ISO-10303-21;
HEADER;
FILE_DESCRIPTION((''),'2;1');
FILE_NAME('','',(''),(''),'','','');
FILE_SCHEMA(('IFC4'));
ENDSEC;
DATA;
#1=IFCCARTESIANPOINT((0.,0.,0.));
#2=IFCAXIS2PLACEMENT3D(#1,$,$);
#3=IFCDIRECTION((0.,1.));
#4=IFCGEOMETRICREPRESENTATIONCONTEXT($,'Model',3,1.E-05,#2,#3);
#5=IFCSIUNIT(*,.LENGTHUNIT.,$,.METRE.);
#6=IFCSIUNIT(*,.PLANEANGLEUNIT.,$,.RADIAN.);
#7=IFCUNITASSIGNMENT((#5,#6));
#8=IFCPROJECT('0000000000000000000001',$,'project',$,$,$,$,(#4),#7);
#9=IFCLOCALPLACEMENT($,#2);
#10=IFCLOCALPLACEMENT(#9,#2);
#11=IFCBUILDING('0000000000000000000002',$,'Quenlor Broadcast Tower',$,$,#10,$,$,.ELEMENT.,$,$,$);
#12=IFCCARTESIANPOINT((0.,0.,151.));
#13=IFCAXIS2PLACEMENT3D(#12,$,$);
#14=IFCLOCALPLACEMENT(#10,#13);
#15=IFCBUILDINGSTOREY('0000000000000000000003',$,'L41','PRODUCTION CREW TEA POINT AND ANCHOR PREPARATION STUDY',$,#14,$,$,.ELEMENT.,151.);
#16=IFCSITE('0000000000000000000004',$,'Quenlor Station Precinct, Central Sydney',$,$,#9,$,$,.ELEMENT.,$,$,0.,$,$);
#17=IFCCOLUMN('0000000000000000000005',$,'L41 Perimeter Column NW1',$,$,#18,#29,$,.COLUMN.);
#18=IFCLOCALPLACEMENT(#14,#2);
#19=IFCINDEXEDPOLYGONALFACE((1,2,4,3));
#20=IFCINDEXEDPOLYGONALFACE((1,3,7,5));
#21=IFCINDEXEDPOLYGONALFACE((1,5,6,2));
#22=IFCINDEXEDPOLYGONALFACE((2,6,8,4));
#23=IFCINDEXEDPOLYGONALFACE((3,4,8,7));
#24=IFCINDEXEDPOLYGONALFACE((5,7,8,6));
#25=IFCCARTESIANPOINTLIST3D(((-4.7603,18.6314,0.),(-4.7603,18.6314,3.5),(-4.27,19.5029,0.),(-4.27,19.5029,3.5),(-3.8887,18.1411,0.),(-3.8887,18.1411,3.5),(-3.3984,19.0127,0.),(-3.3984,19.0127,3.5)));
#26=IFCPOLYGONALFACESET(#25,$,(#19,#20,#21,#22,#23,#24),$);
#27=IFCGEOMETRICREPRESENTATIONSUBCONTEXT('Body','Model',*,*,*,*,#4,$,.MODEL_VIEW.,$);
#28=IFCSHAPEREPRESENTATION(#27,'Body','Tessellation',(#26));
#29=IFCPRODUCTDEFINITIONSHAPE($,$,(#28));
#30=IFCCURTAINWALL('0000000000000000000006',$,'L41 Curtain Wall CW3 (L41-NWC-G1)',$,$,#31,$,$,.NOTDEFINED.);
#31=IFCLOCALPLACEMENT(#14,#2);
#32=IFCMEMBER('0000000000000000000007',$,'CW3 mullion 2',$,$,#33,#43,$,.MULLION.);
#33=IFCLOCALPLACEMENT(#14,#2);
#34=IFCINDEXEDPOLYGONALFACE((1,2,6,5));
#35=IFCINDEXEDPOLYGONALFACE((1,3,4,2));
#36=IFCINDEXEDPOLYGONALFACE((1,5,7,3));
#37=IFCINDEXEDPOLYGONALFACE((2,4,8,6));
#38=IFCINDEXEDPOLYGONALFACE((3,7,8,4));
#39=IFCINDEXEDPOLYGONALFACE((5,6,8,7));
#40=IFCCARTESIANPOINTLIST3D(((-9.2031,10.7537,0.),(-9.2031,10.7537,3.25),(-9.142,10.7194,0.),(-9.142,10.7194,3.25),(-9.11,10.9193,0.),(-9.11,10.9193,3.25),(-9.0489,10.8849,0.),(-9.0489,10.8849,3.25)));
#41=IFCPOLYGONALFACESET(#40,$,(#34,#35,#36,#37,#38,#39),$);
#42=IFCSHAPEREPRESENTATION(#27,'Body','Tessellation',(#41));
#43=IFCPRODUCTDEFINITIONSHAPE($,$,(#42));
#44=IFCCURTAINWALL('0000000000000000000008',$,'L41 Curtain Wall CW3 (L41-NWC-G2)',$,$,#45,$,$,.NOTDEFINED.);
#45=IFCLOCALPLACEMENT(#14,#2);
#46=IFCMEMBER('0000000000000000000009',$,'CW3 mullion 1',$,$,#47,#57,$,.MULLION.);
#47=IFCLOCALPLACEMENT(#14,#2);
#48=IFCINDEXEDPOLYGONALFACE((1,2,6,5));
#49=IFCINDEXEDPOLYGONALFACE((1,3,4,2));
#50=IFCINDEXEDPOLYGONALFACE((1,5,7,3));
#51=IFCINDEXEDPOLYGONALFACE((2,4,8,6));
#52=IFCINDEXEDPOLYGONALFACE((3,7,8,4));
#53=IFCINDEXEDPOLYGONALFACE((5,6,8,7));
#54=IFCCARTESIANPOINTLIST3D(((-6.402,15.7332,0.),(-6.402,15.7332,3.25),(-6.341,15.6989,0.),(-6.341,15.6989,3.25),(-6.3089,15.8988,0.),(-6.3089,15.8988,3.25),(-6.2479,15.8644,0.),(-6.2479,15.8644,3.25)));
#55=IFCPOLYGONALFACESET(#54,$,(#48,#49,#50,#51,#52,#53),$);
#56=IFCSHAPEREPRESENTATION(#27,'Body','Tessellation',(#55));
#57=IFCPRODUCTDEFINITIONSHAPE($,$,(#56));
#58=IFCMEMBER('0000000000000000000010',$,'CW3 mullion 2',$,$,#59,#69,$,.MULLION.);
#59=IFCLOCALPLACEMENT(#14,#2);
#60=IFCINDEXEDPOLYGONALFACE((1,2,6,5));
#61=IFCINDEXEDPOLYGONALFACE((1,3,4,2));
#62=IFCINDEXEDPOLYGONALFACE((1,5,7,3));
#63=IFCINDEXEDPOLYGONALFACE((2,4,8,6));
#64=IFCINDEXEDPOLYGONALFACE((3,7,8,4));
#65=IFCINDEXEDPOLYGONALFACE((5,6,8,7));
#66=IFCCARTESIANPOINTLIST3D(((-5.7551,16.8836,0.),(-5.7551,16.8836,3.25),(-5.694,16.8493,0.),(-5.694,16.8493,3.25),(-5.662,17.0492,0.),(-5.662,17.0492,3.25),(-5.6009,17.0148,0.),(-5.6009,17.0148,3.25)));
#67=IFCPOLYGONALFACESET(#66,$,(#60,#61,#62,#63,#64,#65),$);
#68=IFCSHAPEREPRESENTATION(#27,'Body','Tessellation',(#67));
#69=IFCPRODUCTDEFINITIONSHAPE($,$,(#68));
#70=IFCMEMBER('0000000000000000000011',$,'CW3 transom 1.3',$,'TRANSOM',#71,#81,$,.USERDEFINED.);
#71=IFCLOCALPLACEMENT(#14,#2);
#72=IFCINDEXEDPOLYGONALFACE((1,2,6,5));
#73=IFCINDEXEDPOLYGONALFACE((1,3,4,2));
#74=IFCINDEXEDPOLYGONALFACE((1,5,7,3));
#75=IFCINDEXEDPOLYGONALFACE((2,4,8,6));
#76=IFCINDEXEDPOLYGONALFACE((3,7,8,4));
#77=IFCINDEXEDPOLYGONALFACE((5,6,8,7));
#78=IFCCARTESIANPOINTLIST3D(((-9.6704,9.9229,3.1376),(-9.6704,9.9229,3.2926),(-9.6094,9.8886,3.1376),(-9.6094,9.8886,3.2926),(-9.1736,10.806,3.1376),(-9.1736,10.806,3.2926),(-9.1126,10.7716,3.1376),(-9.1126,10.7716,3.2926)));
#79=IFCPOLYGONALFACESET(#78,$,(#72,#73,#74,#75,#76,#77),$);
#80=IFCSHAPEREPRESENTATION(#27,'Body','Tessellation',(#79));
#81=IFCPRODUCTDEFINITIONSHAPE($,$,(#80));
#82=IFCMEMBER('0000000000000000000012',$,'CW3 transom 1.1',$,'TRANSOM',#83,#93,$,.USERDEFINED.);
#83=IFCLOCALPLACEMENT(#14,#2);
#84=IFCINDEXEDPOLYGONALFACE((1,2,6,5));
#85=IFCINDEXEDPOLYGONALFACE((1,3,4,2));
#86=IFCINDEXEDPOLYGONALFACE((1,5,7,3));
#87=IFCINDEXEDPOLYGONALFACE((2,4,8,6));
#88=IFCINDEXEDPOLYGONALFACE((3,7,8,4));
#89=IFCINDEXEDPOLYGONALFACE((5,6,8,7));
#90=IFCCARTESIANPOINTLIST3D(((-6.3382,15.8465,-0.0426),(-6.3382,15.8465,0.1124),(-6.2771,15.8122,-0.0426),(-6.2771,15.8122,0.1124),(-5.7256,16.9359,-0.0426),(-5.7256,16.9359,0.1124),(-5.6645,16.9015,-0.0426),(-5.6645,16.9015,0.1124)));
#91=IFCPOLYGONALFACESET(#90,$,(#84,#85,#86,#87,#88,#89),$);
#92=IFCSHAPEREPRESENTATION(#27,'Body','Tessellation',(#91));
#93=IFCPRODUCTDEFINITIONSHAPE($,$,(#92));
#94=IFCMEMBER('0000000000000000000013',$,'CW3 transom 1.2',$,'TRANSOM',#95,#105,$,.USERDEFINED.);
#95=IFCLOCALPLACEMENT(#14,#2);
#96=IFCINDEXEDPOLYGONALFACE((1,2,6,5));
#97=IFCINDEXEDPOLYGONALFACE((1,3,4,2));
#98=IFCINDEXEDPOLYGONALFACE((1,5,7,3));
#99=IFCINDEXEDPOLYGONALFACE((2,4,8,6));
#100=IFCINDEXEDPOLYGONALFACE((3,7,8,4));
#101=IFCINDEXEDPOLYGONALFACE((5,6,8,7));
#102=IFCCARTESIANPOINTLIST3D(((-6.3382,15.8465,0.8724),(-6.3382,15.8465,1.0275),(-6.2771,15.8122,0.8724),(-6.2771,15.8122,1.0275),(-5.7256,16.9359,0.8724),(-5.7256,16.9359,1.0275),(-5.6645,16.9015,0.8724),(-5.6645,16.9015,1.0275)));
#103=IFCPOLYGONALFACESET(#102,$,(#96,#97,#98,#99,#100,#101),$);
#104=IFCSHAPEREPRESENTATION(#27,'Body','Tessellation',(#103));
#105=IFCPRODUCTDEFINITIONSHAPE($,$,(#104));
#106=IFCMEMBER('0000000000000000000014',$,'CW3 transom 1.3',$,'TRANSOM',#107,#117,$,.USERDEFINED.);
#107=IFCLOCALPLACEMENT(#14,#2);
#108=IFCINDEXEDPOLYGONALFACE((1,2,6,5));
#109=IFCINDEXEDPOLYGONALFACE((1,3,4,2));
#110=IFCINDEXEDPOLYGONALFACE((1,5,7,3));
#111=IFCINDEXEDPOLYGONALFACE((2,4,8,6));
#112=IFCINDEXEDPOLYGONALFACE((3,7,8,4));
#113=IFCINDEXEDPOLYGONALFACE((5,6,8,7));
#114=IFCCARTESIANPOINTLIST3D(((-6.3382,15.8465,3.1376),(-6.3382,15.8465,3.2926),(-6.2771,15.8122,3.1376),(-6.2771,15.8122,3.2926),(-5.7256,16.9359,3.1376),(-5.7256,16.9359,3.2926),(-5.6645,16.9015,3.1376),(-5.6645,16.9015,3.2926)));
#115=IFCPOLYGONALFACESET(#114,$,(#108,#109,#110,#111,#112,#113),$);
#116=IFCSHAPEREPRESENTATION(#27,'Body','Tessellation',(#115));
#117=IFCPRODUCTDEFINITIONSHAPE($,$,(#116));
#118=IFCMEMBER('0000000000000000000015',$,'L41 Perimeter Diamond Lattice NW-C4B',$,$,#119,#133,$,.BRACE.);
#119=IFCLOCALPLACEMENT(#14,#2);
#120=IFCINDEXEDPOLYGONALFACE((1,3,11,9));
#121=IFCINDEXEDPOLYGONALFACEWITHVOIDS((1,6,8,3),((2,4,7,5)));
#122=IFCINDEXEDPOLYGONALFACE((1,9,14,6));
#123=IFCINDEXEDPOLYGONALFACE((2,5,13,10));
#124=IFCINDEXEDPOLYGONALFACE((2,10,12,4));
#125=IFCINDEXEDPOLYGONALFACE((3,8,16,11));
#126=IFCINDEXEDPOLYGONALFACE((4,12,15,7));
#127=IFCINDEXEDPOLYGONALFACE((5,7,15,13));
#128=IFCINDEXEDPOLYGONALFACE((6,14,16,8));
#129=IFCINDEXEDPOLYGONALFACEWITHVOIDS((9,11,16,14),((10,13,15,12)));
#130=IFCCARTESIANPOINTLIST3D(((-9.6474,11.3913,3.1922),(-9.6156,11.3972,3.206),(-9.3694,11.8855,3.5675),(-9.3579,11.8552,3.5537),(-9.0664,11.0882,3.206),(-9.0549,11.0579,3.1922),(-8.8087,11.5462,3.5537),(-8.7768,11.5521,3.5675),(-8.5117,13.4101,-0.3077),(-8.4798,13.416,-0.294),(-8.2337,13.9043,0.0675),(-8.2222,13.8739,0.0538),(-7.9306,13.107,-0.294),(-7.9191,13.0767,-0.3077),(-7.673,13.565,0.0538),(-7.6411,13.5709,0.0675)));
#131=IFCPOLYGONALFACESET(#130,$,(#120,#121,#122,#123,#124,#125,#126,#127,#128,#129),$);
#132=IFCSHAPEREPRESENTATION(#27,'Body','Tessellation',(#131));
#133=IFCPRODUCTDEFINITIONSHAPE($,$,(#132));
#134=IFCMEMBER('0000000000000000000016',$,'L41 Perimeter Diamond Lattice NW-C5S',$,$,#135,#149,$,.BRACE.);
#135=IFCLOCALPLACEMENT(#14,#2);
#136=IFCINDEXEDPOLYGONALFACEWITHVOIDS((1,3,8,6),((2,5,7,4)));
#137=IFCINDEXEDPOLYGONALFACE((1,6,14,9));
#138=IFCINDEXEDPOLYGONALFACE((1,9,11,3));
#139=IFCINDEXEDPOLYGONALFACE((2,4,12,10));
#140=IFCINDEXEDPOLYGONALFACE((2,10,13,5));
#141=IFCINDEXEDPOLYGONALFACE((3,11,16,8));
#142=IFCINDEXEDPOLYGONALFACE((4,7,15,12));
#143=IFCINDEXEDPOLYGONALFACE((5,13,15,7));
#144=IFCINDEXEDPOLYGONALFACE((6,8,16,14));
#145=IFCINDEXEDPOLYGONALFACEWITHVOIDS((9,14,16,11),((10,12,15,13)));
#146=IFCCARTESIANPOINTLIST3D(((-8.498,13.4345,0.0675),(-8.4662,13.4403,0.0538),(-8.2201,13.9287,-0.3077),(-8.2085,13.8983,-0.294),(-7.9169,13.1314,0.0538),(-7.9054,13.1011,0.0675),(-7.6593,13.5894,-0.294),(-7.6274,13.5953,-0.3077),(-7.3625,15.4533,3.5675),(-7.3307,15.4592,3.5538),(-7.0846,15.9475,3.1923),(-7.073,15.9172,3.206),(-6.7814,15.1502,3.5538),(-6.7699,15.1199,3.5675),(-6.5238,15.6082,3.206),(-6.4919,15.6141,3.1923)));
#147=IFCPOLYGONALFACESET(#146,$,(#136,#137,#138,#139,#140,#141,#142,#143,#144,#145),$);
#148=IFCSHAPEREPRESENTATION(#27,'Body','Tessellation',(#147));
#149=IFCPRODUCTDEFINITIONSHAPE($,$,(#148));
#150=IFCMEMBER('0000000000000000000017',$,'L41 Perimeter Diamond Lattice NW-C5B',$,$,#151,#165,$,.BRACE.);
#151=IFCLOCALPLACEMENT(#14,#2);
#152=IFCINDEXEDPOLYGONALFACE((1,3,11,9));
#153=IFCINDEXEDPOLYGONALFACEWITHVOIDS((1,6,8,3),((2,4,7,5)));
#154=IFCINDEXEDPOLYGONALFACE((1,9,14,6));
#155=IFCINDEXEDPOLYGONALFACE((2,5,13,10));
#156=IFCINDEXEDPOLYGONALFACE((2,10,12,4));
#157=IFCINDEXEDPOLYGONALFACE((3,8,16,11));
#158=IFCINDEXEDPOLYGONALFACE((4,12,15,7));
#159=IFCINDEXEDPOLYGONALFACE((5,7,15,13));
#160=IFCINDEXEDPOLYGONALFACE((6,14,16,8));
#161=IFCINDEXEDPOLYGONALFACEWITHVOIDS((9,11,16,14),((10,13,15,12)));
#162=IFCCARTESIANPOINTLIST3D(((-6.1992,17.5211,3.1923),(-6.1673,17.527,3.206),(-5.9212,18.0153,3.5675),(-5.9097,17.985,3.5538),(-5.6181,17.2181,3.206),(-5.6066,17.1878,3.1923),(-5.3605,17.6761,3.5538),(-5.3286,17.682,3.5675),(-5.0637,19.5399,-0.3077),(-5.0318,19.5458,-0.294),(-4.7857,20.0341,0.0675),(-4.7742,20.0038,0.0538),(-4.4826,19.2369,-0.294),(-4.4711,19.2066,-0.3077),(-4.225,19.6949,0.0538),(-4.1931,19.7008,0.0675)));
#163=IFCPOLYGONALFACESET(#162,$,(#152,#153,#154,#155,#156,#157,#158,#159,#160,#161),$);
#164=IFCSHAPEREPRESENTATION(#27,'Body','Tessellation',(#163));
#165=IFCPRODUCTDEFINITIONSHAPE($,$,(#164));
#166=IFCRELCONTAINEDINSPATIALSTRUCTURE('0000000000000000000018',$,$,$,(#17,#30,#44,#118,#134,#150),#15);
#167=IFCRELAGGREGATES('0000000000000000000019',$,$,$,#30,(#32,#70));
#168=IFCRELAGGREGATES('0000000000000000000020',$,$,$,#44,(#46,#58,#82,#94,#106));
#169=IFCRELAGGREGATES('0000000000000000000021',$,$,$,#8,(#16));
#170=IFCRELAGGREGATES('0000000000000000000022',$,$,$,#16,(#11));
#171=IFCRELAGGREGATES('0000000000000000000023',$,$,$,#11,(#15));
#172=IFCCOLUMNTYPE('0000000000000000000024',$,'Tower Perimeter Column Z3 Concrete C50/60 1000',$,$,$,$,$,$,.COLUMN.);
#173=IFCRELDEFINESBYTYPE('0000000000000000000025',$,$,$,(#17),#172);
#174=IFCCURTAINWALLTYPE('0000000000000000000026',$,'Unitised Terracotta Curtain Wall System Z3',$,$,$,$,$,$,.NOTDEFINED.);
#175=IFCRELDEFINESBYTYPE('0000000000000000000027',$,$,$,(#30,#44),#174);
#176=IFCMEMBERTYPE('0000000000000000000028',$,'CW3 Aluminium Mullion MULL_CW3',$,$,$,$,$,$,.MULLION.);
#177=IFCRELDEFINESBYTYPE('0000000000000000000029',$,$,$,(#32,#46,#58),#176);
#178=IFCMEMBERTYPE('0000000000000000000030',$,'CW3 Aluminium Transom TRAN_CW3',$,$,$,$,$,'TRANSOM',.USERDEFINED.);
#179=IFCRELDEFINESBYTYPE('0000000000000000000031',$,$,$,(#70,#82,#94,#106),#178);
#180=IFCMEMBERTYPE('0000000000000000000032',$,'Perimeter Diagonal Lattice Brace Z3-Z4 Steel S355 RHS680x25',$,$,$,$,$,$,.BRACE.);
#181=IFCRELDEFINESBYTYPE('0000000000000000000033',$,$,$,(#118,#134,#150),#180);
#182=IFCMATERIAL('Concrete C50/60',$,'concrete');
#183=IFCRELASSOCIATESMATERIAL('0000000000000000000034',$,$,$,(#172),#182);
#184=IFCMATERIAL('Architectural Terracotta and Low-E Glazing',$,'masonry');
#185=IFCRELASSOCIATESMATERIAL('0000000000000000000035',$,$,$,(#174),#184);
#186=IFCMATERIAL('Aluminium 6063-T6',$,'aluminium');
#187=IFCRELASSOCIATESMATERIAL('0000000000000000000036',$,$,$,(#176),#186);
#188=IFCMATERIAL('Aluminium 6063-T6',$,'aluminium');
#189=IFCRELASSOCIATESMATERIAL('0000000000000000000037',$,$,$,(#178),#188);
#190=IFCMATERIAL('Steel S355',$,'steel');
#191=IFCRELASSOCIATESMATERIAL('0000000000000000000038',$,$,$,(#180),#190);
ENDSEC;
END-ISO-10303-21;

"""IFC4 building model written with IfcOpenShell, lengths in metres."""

from ifc_helpers import new_model, si_unit, direction, frame, origin, origin_2d, place, context, subcontext, project, spatial, rectangle, hollow_rectangle, extrude, material, material_profile, profile_set, type_object, element, aggregate, save


model = new_model("IFC4")

# Units and contexts
model_context = context("Model", 3, precision=1e-05, world=origin(), true_north=direction((0.0, 1.0)))
body_context = subcontext(model_context, "Body", "Model", "MODEL_VIEW")
ifc_project = project(units=[si_unit("LENGTHUNIT", "METRE"), si_unit("PLANEANGLEUNIT", "RADIAN")], contexts=[model_context])

# Site, building, storey
site_placement = place(None, origin())
site = spatial("IfcSite", under=ifc_project, at=site_placement, Name="Quenlor Station Precinct, Central Sydney", CompositionType="ELEMENT", RefElevation=0.0)
building_placement = place(site_placement, origin())
building = spatial("IfcBuilding", under=site, at=building_placement, Name="Quenlor Broadcast Tower", CompositionType="ELEMENT")
storey_placement = place(building_placement, frame((0.0, 0.0, 151.0)))
storey = spatial("IfcBuildingStorey", under=building, at=storey_placement, Name="L41", Description="PRODUCTION CREW TEA POINT AND ANCHOR PREPARATION STUDY", CompositionType="ELEMENT", Elevation=151.0)

# Column
ifc_material_1 = material(Name="Concrete C50/60", Category="concrete")
ifc_material_profile_1 = material_profile(ifc_material_1, rectangle(XDim=1.0, YDim=1.0, at=origin_2d()))
ifc_profile_set_1 = profile_set([ifc_material_profile_1], Name="Concrete C50/60 RC1000x1000")
column_type = type_object("IfcColumnType", Name="Tower Perimeter Column Z3 Concrete C50/60 1000", PredefinedType="COLUMN", material=ifc_profile_set_1)
column_placement = place(storey_placement, frame((-4.0793, 18.822, 0.0), z_axis=(0.0, 0.0, 1.0), x_axis=(-0.871575, 0.490262, 0.0)))
element("IfcColumn", 1, at=column_placement, inside=storey, type_object=column_type, Name="L41 Perimeter Column NW1", PredefinedType="COLUMN", context=body_context, shape_type="SweptSolid", body=[
    extrude(rectangle(XDim=1.0, YDim=1.0, at=origin_2d()), origin(), (0.0, 0.0, 1.0), 3.5),
])

# Curtain wall, member
ifc_material_2 = material(Name="Architectural Terracotta and Low-E Glazing", Category="masonry")
curtain_wall_type = type_object("IfcCurtainWallType", Name="Unitised Terracotta Curtain Wall System Z3", PredefinedType="NOTDEFINED", material=ifc_material_2)
curtain_wall_1_placement = place(storey_placement, origin())
curtain_wall_1 = element("IfcCurtainWall", 2, at=curtain_wall_1_placement, inside=storey, type_object=curtain_wall_type, Name="L41 Curtain Wall CW3 (L41-NWC-G1)", PredefinedType="NOTDEFINED")
ifc_material_3 = material(Name="Aluminium 6063-T6", Category="aluminium")
ifc_material_profile_2 = material_profile(ifc_material_3, rectangle(XDim=0.0701, YDim=0.1899, at=origin_2d()))
ifc_profile_set_2 = profile_set([ifc_material_profile_2], Name="Aluminium 6063-T6 MULL70x190")
member_type_1 = type_object("IfcMemberType", Name="CW3 Aluminium Mullion MULL_CW3", PredefinedType="MULLION", material=ifc_profile_set_2)
member_1_placement = place(storey_placement, frame((-9.126, 10.8193, 0.0), z_axis=(0.0, 0.0, 1.0), x_axis=(-0.871601, 0.490216, 0.0)))
member_1 = element("IfcMember", 3, at=member_1_placement, type_object=member_type_1, Name="CW3 mullion 2", PredefinedType="MULLION", context=body_context, shape_type="SweptSolid", body=[
    extrude(rectangle(XDim=0.0701, YDim=0.1899, at=origin_2d()), origin(), (0.0, 0.0, 1.0), 3.25),
])

# Curtain wall, members
curtain_wall_2_placement = place(storey_placement, origin())
curtain_wall_2 = element("IfcCurtainWall", 4, at=curtain_wall_2_placement, inside=storey, type_object=curtain_wall_type, Name="L41 Curtain Wall CW3 (L41-NWC-G2)", PredefinedType="NOTDEFINED")
member_2_placement = place(storey_placement, frame((-6.325, 15.7988, 0.0), z_axis=(0.0, 0.0, 1.0), x_axis=(-0.871593, 0.49023, 0.0)))
member_2 = element("IfcMember", 5, at=member_2_placement, type_object=member_type_1, Name="CW3 mullion 1", PredefinedType="MULLION", context=body_context, shape_type="SweptSolid", body=[
    extrude(rectangle(XDim=0.0701, YDim=0.1899, at=origin_2d()), origin(), (0.0, 0.0, 1.0), 3.25),
])
member_3_placement = place(storey_placement, frame((-5.678, 16.9492, 0.0), z_axis=(0.0, 0.0, 1.0), x_axis=(-0.871593, 0.49023, 0.0)))
member_3 = element("IfcMember", 6, at=member_3_placement, type_object=member_type_1, Name="CW3 mullion 2", PredefinedType="MULLION", context=body_context, shape_type="SweptSolid", body=[
    extrude(rectangle(XDim=0.0701, YDim=0.1899, at=origin_2d()), origin(), (0.0, 0.0, 1.0), 3.25),
])

# Members
ifc_material_4 = material(Name="Aluminium 6063-T6", Category="aluminium")
ifc_material_profile_3 = material_profile(ifc_material_4, rectangle(XDim=0.0701, YDim=0.155, at=origin_2d()))
ifc_profile_set_3 = profile_set([ifc_material_profile_3], Name="Aluminium 6063-T6 TRAN70x155")
member_type_2 = type_object("IfcMemberType", Name="CW3 Aluminium Transom TRAN_CW3", ElementType="TRANSOM", PredefinedType="USERDEFINED", material=ifc_profile_set_3)
member_4_placement = place(storey_placement, frame((-9.6399, 9.9058, 3.2151), z_axis=(0.490341, 0.87153, 0.0), x_axis=(-0.87153, 0.490341, 0.0)))
member_4 = element("IfcMember", 7, at=member_4_placement, type_object=member_type_2, Name="CW3 transom 1.3", ObjectType="TRANSOM", PredefinedType="USERDEFINED", context=body_context, shape_type="SweptSolid", body=[
    extrude(rectangle(XDim=0.0701, YDim=0.155, at=origin_2d()), origin(), (0.0, 0.0, 1.0), 1.0132),
])
member_5_placement = place(storey_placement, frame((-6.3076, 15.8293, 0.0349), z_axis=(0.490131, 0.871649, 0.0), x_axis=(-0.871649, 0.490131, 0.0)))
member_5 = element("IfcMember", 8, at=member_5_placement, type_object=member_type_2, Name="CW3 transom 1.1", ObjectType="TRANSOM", PredefinedType="USERDEFINED", context=body_context, shape_type="SweptSolid", body=[
    extrude(rectangle(XDim=0.0701, YDim=0.155, at=origin_2d()), origin(), (0.0, 0.0, 1.0), 1.2498),
])
member_6_placement = place(storey_placement, frame((-6.3076, 15.8293, 0.95), z_axis=(0.490131, 0.871649, 0.0), x_axis=(-0.871649, 0.490131, 0.0)))
member_6 = element("IfcMember", 9, at=member_6_placement, type_object=member_type_2, Name="CW3 transom 1.2", ObjectType="TRANSOM", PredefinedType="USERDEFINED", context=body_context, shape_type="SweptSolid", body=[
    extrude(rectangle(XDim=0.0701, YDim=0.155, at=origin_2d()), origin(), (0.0, 0.0, 1.0), 1.2498),
])
member_7_placement = place(storey_placement, frame((-6.3076, 15.8293, 3.2151), z_axis=(0.490131, 0.871649, 0.0), x_axis=(-0.871649, 0.490131, 0.0)))
member_7 = element("IfcMember", 10, at=member_7_placement, type_object=member_type_2, Name="CW3 transom 1.3", ObjectType="TRANSOM", PredefinedType="USERDEFINED", context=body_context, shape_type="SweptSolid", body=[
    extrude(rectangle(XDim=0.0701, YDim=0.155, at=origin_2d()), origin(), (0.0, 0.0, 1.0), 1.2498),
])

# Members
ifc_material_5 = material(Name="Steel S355", Category="steel")
ifc_material_profile_4 = material_profile(ifc_material_5, hollow_rectangle(XDim=0.6799, YDim=0.6799, WallThickness=0.0249, at=origin_2d()))
ifc_profile_set_4 = profile_set([ifc_material_profile_4], Name="Steel S355 RHS680x680x25")
member_type_3 = type_object("IfcMemberType", Name="Perimeter Diagonal Lattice Brace Z3-Z4 Steel S355 RHS680x25", PredefinedType="BRACE", material=ifc_profile_set_4)
for number, where, z_axis, x_axis, name in (
    (11, (-8.0764, 13.4905, -0.1201), (-0.270603, -0.481001, 0.833914), (0.871545, -0.490316, 0.0), "L41 Perimeter Diamond Lattice NW-C4B"),
    (12, (-8.0627, 13.5149, -0.1201), (0.270549, 0.481009, 0.833927), (-0.87159, 0.490236, 0.0), "L41 Perimeter Diamond Lattice NW-C5S"),
    (13, (-4.6284, 19.6204, -0.1201), (-0.270549, -0.481009, 0.833927), (0.87159, -0.490236, 0.0), "L41 Perimeter Diamond Lattice NW-C5B"),
):
    element("IfcMember", number, at=place(storey_placement, frame(where, z_axis=z_axis, x_axis=x_axis)), inside=storey, type_object=member_type_3, Name=name, PredefinedType="BRACE", context=body_context, shape_type="SweptSolid", body=[
        extrude(hollow_rectangle(XDim=0.6799, YDim=0.6799, WallThickness=0.0249, at=origin_2d()), origin(), (0.0, 0.0, 1.0), 4.197),
    ])

aggregate(curtain_wall_1, [member_1, member_4])
aggregate(curtain_wall_2, [member_2, member_3, member_5, member_6, member_7])

save(model, "model.ifc")
